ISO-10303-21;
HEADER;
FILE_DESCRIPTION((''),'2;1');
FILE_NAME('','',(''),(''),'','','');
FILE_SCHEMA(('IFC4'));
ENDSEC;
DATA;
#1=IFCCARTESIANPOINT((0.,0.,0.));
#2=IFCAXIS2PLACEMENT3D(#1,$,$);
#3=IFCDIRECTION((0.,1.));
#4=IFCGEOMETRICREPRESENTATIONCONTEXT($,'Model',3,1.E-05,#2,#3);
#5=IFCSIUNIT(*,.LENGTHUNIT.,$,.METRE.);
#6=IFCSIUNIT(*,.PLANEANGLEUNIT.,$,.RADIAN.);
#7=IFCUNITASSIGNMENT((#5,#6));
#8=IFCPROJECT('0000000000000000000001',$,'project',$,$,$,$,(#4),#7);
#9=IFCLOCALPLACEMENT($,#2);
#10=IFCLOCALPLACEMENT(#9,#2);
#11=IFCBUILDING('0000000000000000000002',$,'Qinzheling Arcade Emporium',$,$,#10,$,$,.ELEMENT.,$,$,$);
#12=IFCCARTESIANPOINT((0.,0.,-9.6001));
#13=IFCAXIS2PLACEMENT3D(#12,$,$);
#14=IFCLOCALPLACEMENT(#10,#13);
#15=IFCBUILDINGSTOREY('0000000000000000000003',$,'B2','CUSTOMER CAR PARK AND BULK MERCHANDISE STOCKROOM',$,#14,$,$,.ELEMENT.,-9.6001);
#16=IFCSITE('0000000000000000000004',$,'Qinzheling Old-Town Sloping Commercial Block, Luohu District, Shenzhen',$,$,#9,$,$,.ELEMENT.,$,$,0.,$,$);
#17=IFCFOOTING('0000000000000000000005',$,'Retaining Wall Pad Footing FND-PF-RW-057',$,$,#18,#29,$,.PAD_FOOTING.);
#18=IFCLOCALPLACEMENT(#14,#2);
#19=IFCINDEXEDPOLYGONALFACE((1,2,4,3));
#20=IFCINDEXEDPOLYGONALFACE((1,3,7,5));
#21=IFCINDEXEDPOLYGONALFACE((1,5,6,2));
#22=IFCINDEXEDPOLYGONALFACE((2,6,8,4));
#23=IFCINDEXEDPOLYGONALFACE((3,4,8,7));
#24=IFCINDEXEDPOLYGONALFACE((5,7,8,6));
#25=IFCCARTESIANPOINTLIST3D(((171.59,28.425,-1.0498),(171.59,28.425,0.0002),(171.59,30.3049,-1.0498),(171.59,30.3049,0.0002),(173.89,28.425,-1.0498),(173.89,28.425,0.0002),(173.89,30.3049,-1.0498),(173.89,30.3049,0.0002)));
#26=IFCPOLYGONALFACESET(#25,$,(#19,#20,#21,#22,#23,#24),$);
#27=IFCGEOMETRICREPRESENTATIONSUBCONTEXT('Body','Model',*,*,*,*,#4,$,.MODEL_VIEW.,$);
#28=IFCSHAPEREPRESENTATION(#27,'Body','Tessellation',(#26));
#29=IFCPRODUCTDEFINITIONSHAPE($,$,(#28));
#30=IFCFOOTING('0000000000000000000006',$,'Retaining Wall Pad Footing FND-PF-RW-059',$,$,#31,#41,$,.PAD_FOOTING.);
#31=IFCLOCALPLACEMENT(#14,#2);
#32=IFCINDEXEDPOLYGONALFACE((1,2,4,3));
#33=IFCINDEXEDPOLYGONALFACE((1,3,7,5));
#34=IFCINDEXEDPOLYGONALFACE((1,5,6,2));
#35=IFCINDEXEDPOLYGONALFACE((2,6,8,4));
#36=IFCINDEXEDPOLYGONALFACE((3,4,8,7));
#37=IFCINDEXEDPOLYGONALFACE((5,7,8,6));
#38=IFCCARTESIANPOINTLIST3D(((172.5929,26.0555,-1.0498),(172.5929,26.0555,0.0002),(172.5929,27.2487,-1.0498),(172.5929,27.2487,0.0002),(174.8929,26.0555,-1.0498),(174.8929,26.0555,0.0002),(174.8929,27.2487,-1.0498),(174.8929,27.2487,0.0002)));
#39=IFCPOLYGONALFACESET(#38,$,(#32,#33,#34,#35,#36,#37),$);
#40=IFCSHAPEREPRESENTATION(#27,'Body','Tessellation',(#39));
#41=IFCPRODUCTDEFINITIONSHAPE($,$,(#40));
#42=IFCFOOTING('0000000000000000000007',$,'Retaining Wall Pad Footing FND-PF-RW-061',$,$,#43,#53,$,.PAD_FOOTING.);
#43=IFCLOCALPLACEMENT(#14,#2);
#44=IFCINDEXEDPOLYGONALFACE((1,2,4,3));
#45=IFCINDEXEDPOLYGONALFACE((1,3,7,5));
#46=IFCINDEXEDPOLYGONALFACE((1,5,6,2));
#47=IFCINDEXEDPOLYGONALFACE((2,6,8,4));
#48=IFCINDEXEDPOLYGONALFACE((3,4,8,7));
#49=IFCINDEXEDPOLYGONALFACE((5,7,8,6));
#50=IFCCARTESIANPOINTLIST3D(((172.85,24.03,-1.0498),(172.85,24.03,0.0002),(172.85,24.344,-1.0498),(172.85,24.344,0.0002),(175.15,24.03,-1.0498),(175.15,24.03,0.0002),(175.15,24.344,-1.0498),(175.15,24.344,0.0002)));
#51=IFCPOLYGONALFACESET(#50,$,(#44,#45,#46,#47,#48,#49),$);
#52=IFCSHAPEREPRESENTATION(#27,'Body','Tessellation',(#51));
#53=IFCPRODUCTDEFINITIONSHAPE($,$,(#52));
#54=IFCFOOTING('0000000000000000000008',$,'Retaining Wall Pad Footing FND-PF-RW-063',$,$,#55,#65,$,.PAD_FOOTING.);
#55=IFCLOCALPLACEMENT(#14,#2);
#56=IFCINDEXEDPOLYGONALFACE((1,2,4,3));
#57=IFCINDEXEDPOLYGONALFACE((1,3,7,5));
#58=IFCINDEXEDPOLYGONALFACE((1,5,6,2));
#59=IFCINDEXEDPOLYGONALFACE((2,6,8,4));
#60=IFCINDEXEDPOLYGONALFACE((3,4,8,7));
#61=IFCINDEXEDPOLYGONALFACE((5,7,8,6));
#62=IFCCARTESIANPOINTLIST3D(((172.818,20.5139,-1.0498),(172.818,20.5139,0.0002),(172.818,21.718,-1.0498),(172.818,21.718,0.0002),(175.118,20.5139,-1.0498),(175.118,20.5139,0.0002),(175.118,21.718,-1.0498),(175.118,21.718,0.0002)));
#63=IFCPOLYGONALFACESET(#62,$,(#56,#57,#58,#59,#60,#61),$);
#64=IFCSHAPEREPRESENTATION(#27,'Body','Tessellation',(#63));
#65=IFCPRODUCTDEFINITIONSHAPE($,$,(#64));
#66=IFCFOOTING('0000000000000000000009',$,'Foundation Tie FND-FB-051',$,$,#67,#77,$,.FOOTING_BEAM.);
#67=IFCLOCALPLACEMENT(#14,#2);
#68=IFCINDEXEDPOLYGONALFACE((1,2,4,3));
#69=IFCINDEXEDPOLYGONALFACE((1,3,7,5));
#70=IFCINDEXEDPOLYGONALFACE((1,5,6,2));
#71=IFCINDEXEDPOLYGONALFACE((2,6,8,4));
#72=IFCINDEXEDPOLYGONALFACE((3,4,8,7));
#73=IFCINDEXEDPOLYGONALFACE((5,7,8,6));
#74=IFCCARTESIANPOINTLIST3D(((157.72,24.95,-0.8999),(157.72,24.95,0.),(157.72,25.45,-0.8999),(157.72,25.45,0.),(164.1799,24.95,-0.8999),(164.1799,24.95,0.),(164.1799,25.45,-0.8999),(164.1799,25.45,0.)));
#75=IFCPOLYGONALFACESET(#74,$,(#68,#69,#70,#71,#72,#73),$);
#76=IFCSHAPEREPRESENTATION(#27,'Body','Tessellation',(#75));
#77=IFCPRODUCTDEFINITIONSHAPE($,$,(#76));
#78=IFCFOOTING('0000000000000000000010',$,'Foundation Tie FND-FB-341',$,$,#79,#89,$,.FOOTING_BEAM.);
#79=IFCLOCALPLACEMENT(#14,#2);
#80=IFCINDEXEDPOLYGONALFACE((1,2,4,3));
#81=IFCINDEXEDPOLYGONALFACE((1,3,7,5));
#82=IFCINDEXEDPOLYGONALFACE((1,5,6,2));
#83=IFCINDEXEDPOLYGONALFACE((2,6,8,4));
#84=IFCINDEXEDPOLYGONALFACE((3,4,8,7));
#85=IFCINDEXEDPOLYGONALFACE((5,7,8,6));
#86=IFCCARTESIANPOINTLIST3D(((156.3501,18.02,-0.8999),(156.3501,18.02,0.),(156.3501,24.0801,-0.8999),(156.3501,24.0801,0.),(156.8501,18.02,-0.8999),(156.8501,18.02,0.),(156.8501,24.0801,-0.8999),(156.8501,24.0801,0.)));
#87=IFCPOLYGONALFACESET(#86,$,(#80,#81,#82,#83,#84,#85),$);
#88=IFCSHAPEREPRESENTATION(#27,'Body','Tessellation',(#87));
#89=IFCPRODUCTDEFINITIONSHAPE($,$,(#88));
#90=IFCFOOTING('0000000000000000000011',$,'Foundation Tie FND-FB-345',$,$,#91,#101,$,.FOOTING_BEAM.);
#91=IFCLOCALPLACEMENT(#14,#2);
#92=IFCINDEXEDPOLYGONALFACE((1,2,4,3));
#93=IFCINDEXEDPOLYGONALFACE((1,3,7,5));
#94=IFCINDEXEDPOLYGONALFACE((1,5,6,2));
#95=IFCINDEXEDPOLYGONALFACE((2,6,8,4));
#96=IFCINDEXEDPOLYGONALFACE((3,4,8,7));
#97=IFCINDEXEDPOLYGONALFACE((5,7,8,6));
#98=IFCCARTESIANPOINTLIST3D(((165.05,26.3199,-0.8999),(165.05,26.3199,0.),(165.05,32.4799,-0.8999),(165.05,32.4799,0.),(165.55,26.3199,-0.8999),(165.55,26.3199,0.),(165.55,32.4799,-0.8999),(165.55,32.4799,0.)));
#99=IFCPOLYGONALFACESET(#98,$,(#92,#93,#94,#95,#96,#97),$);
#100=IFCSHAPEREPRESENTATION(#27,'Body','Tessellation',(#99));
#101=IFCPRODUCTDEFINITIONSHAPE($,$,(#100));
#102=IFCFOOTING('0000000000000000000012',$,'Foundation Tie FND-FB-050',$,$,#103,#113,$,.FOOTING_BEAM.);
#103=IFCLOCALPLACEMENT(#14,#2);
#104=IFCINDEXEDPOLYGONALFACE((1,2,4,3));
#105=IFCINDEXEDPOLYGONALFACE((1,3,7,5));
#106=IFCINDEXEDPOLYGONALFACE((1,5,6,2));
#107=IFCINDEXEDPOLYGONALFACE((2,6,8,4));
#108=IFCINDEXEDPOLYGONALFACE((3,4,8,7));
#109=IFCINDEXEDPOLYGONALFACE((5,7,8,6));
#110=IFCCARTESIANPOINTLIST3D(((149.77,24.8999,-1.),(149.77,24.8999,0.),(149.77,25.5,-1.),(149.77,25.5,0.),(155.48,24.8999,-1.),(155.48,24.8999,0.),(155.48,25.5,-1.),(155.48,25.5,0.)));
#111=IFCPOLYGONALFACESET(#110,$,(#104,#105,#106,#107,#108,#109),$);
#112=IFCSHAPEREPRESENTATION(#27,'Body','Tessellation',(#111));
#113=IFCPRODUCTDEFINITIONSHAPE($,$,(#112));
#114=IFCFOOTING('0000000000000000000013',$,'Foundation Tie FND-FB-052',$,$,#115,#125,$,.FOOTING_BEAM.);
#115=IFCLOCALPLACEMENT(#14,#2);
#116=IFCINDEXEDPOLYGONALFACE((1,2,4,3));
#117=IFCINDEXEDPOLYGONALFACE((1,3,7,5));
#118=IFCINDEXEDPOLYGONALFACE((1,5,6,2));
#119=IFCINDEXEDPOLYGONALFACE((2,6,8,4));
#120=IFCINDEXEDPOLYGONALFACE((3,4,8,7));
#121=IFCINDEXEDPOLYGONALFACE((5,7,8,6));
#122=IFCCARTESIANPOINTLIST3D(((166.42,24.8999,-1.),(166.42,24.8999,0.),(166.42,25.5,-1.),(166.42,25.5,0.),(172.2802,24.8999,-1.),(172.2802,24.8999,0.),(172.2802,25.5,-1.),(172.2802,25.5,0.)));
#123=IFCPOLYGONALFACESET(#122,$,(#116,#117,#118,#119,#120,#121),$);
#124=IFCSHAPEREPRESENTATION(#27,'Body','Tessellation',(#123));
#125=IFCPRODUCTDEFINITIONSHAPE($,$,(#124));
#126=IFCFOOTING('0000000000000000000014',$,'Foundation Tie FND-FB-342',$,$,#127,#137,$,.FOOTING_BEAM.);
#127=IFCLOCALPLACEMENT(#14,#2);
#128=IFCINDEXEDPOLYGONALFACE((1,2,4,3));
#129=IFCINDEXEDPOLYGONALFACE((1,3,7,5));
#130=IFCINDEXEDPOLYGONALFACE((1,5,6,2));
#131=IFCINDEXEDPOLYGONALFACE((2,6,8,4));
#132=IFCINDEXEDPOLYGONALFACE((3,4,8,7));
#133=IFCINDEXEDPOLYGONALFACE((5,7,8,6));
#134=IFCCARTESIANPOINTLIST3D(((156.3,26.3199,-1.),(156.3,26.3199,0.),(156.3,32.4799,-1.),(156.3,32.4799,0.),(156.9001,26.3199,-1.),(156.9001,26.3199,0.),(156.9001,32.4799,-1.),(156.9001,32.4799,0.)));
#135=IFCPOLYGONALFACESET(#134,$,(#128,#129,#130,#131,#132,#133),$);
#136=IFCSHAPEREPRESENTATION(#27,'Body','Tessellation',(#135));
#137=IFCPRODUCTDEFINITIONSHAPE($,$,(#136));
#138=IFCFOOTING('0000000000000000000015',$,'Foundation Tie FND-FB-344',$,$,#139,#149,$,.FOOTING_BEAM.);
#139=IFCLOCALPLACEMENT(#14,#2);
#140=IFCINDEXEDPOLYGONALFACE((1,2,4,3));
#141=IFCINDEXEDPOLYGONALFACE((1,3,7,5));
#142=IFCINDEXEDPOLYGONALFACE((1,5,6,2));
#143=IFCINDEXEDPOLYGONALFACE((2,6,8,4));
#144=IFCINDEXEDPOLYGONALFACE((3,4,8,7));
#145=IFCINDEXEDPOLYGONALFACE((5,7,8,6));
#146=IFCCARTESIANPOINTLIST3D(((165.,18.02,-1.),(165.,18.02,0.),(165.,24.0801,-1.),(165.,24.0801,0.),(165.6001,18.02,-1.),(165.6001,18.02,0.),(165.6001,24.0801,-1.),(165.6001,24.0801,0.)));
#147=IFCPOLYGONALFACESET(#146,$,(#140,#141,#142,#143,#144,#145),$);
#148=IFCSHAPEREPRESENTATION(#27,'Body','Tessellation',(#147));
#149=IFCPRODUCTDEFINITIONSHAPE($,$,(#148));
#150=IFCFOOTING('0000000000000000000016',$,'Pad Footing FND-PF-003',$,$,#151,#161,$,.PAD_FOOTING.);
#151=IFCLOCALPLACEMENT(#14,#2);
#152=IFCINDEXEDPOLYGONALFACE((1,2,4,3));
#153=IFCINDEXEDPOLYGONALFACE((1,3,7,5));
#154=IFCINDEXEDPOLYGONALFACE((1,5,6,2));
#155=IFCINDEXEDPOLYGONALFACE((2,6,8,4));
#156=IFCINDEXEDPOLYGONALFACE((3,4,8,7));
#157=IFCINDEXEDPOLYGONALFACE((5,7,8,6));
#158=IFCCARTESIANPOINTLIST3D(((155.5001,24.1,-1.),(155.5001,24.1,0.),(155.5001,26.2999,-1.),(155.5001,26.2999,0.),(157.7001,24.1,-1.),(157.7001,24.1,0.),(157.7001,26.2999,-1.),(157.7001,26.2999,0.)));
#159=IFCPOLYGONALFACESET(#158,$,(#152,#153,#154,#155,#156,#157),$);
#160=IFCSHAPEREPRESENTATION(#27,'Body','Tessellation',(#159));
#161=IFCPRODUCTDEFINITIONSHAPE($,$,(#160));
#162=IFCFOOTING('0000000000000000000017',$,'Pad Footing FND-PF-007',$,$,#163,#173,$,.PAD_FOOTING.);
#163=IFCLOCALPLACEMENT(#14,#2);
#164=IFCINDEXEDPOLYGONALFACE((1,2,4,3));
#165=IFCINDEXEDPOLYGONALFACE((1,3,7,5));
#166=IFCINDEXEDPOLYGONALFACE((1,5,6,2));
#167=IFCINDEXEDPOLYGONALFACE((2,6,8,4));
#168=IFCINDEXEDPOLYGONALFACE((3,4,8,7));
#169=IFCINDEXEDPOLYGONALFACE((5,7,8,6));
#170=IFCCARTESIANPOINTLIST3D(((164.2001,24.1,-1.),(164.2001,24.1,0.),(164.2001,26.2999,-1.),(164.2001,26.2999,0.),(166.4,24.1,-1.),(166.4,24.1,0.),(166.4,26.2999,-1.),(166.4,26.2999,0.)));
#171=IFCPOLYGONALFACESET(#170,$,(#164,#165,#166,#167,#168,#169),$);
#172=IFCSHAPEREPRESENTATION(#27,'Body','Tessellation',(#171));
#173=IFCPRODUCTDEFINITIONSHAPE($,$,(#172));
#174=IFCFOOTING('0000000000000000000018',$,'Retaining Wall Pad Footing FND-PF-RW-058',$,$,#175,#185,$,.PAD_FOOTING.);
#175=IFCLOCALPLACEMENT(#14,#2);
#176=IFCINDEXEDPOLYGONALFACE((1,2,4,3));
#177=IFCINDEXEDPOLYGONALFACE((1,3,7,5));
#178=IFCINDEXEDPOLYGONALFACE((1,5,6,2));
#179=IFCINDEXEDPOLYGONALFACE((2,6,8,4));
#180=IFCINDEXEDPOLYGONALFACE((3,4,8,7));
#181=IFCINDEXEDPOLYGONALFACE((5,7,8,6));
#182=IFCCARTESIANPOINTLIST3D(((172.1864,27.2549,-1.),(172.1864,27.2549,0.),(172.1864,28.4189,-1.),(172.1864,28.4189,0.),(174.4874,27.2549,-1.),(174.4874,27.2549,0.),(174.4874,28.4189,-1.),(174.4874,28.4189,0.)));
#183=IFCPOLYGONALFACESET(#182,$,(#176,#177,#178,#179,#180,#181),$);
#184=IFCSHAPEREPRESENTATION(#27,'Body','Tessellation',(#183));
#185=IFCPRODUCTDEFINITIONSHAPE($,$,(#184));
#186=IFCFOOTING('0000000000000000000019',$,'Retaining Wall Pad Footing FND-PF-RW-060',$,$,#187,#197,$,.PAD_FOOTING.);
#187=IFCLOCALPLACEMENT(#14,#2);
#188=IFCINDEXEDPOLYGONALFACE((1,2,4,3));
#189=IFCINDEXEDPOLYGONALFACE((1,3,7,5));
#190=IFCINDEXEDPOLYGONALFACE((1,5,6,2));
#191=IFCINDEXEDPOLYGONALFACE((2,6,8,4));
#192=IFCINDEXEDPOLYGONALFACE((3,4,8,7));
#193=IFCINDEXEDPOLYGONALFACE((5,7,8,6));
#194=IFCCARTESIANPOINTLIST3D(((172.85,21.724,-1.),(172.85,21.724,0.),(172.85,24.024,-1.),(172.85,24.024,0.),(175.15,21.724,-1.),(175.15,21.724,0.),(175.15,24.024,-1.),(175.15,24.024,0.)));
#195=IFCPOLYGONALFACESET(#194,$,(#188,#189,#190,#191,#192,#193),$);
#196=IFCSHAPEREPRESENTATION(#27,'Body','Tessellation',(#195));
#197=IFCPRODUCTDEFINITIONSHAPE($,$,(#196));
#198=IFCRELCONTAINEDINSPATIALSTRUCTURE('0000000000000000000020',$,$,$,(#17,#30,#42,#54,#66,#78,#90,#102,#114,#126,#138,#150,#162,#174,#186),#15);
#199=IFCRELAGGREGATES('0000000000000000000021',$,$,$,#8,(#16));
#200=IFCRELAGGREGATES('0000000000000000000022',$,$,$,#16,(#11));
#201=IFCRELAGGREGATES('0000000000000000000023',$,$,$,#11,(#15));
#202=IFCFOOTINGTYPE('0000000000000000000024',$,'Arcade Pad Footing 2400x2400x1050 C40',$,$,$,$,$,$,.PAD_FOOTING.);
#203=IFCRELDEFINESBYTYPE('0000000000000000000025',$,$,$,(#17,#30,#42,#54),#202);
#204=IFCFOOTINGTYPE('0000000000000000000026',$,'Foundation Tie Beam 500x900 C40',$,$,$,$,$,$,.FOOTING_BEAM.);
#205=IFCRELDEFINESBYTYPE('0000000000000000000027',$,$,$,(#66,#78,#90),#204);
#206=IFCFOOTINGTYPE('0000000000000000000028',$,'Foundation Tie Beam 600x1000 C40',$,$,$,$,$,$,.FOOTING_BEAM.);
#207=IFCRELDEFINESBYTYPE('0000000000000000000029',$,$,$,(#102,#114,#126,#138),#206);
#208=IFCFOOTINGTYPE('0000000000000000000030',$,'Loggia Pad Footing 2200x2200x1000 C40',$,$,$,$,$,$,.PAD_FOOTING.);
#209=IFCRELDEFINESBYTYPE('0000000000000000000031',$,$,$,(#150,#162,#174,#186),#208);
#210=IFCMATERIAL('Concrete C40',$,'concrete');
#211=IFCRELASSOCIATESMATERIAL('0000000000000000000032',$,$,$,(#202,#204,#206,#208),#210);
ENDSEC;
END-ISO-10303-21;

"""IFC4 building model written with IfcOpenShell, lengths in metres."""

from ifc_helpers import new_model, si_unit, direction, frame, origin, origin_2d, place, context, subcontext, project, spatial, rectangle, extrude, material, type_object, element, save


model = new_model("IFC4")

# Units and contexts
model_context = context("Model", 3, precision=1e-05, world=origin(), true_north=direction((0.0, 1.0)))
body_context = subcontext(model_context, "Body", "Model", "MODEL_VIEW")
ifc_project = project(units=[si_unit("LENGTHUNIT", "METRE"), si_unit("PLANEANGLEUNIT", "RADIAN")], contexts=[model_context])

# Site, building, storey
site_placement = place(None, origin())
site = spatial("IfcSite", under=ifc_project, at=site_placement, Name="Qinzheling Old-Town Sloping Commercial Block, Luohu District, Shenzhen", CompositionType="ELEMENT", RefElevation=0.0)
building_placement = place(site_placement, origin())
building = spatial("IfcBuilding", under=site, at=building_placement, Name="Qinzheling Arcade Emporium", CompositionType="ELEMENT")
storey_placement = place(building_placement, frame((0.0, 0.0, -9.6001)))
storey = spatial("IfcBuildingStorey", under=building, at=storey_placement, Name="B2", Description="CUSTOMER CAR PARK AND BULK MERCHANDISE STOCKROOM", CompositionType="ELEMENT", Elevation=-9.6001)

# Footings
ifc_material_1 = material(Name="Concrete C40", Category="concrete")
footing_type_1 = type_object("IfcFootingType", Name="Arcade Pad Footing 2400x2400x1050 C40", PredefinedType="PAD_FOOTING", material=ifc_material_1)
footing_1_placement = place(storey_placement, frame((172.74, 29.365, -1.0498), z_axis=(0.0, 0.0, 1.0), x_axis=(1.0, 0.0, 0.0)))
element("IfcFooting", 1, at=footing_1_placement, inside=storey, type_object=footing_type_1, Name="Retaining Wall Pad Footing FND-PF-RW-057", PredefinedType="PAD_FOOTING", context=body_context, shape_type="SweptSolid", body=[
    extrude(rectangle(XDim=2.3, YDim=1.8799, at=origin_2d()), origin(), (0.0, 0.0, 1.0), 1.05),
])
footing_2_placement = place(storey_placement, frame((173.7429, 26.6521, -1.0498), z_axis=(0.0, 0.0, 1.0), x_axis=(1.0, 0.0, 0.0)))
element("IfcFooting", 2, at=footing_2_placement, inside=storey, type_object=footing_type_1, Name="Retaining Wall Pad Footing FND-PF-RW-059", PredefinedType="PAD_FOOTING", context=body_context, shape_type="SweptSolid", body=[
    extrude(rectangle(XDim=2.3, YDim=1.1931, at=origin_2d()), origin(), (0.0, 0.0, 1.0), 1.05),
])
footing_3_placement = place(storey_placement, frame((174.0, 24.187, -1.0498), z_axis=(0.0, 0.0, 1.0), x_axis=(1.0, 0.0, 0.0)))
element("IfcFooting", 3, at=footing_3_placement, inside=storey, type_object=footing_type_1, Name="Retaining Wall Pad Footing FND-PF-RW-061", PredefinedType="PAD_FOOTING", context=body_context, shape_type="SweptSolid", body=[
    extrude(rectangle(XDim=2.3, YDim=0.314, at=origin_2d()), origin(), (0.0, 0.0, 1.0), 1.05),
])
footing_4_placement = place(storey_placement, frame((173.968, 21.116, -1.0498), z_axis=(0.0, 0.0, 1.0), x_axis=(1.0, 0.0, 0.0)))
element("IfcFooting", 4, at=footing_4_placement, inside=storey, type_object=footing_type_1, Name="Retaining Wall Pad Footing FND-PF-RW-063", PredefinedType="PAD_FOOTING", context=body_context, shape_type="SweptSolid", body=[
    extrude(rectangle(XDim=2.3, YDim=1.2041, at=origin_2d()), origin(), (0.0, 0.0, 1.0), 1.05),
])
footing_type_2 = type_object("IfcFootingType", Name="Foundation Tie Beam 500x900 C40", PredefinedType="FOOTING_BEAM", material=ifc_material_1)
footing_5_placement = place(storey_placement, frame((160.95, 25.2, -0.8999), z_axis=(0.0, 0.0, 1.0), x_axis=(1.0, 0.0, 0.0)))
element("IfcFooting", 5, at=footing_5_placement, inside=storey, type_object=footing_type_2, Name="Foundation Tie FND-FB-051", PredefinedType="FOOTING_BEAM", context=body_context, shape_type="SweptSolid", body=[
    extrude(rectangle(XDim=6.46, YDim=0.5, at=origin_2d()), origin(), (0.0, 0.0, 1.0), 0.8999),
])
footing_6_placement = place(storey_placement, frame((156.6001, 21.05, -0.8999), z_axis=(0.0, 0.0, 1.0), x_axis=(1.0, 0.0, 0.0)))
element("IfcFooting", 6, at=footing_6_placement, inside=storey, type_object=footing_type_2, Name="Foundation Tie FND-FB-341", PredefinedType="FOOTING_BEAM", context=body_context, shape_type="SweptSolid", body=[
    extrude(rectangle(XDim=0.5, YDim=6.0601, at=origin_2d()), origin(), (0.0, 0.0, 1.0), 0.8999),
])
footing_7_placement = place(storey_placement, frame((165.3, 29.3999, -0.8999), z_axis=(0.0, 0.0, 1.0), x_axis=(1.0, 0.0, 0.0)))
element("IfcFooting", 7, at=footing_7_placement, inside=storey, type_object=footing_type_2, Name="Foundation Tie FND-FB-345", PredefinedType="FOOTING_BEAM", context=body_context, shape_type="SweptSolid", body=[
    extrude(rectangle(XDim=0.5, YDim=6.1599, at=origin_2d()), origin(), (0.0, 0.0, 1.0), 0.8999),
])
footing_type_3 = type_object("IfcFootingType", Name="Foundation Tie Beam 600x1000 C40", PredefinedType="FOOTING_BEAM", material=ifc_material_1)
footing_8_placement = place(storey_placement, frame((152.625, 25.2, -1.0), z_axis=(0.0, 0.0, 1.0), x_axis=(1.0, 0.0, 0.0)))
element("IfcFooting", 8, at=footing_8_placement, inside=storey, type_object=footing_type_3, Name="Foundation Tie FND-FB-050", PredefinedType="FOOTING_BEAM", context=body_context, shape_type="SweptSolid", body=[
    extrude(rectangle(XDim=5.71, YDim=0.6001, at=origin_2d()), origin(), (0.0, 0.0, 1.0), 1.0),
])
footing_9_placement = place(storey_placement, frame((169.3501, 25.2, -1.0), z_axis=(0.0, 0.0, 1.0), x_axis=(1.0, 0.0, 0.0)))
element("IfcFooting", 9, at=footing_9_placement, inside=storey, type_object=footing_type_3, Name="Foundation Tie FND-FB-052", PredefinedType="FOOTING_BEAM", context=body_context, shape_type="SweptSolid", body=[
    extrude(rectangle(XDim=5.8601, YDim=0.6001, at=origin_2d()), origin(), (0.0, 0.0, 1.0), 1.0),
])
footing_10_placement = place(storey_placement, frame((156.6001, 29.3999, -1.0), z_axis=(0.0, 0.0, 1.0), x_axis=(1.0, 0.0, 0.0)))
element("IfcFooting", 10, at=footing_10_placement, inside=storey, type_object=footing_type_3, Name="Foundation Tie FND-FB-342", PredefinedType="FOOTING_BEAM", context=body_context, shape_type="SweptSolid", body=[
    extrude(rectangle(XDim=0.6001, YDim=6.1599, at=origin_2d()), origin(), (0.0, 0.0, 1.0), 1.0),
])
footing_11_placement = place(storey_placement, frame((165.3, 21.05, -1.0), z_axis=(0.0, 0.0, 1.0), x_axis=(1.0, 0.0, 0.0)))
element("IfcFooting", 11, at=footing_11_placement, inside=storey, type_object=footing_type_3, Name="Foundation Tie FND-FB-344", PredefinedType="FOOTING_BEAM", context=body_context, shape_type="SweptSolid", body=[
    extrude(rectangle(XDim=0.6001, YDim=6.0601, at=origin_2d()), origin(), (0.0, 0.0, 1.0), 1.0),
])
footing_type_4 = type_object("IfcFootingType", Name="Loggia Pad Footing 2200x2200x1000 C40", PredefinedType="PAD_FOOTING", material=ifc_material_1)
for number, where, z_axis, x_axis, name in (
    (12, (156.6001, 25.2, -1.0), (0.0, 0.0, 1.0), (1.0, 0.0, 0.0), "Pad Footing FND-PF-003"),
    (13, (165.3, 25.2, -1.0), (0.0, 0.0, 1.0), (1.0, 0.0, 0.0), "Pad Footing FND-PF-007"),
):
    element("IfcFooting", number, at=place(storey_placement, frame(where, z_axis=z_axis, x_axis=x_axis)), inside=storey, type_object=footing_type_4, Name=name, PredefinedType="PAD_FOOTING", context=body_context, shape_type="SweptSolid", body=[
        extrude(rectangle(XDim=2.2, YDim=2.2, at=origin_2d()), origin(), (0.0, 0.0, 1.0), 1.0),
    ])
footing_12_placement = place(storey_placement, frame((173.3369, 27.8369, -1.0), z_axis=(0.0, 0.0, 1.0), x_axis=(1.0, 0.0, 0.0)))
element("IfcFooting", 14, at=footing_12_placement, inside=storey, type_object=footing_type_4, Name="Retaining Wall Pad Footing FND-PF-RW-058", PredefinedType="PAD_FOOTING", context=body_context, shape_type="SweptSolid", body=[
    extrude(rectangle(XDim=2.301, YDim=1.1641, at=origin_2d()), origin(), (0.0, 0.0, 1.0), 1.0),
])
for number, where, z_axis, x_axis, name in (
    (15, (174.0, 22.874, -1.0), (0.0, 0.0, 1.0), (1.0, 0.0, 0.0), "Retaining Wall Pad Footing FND-PF-RW-060"),
):
    element("IfcFooting", number, at=place(storey_placement, frame(where, z_axis=z_axis, x_axis=x_axis)), inside=storey, type_object=footing_type_4, Name=name, PredefinedType="PAD_FOOTING", context=body_context, shape_type="SweptSolid", body=[
        extrude(rectangle(XDim=2.3, YDim=2.3, at=origin_2d()), origin(), (0.0, 0.0, 1.0), 1.0),
    ])

save(model, "model.ifc")
